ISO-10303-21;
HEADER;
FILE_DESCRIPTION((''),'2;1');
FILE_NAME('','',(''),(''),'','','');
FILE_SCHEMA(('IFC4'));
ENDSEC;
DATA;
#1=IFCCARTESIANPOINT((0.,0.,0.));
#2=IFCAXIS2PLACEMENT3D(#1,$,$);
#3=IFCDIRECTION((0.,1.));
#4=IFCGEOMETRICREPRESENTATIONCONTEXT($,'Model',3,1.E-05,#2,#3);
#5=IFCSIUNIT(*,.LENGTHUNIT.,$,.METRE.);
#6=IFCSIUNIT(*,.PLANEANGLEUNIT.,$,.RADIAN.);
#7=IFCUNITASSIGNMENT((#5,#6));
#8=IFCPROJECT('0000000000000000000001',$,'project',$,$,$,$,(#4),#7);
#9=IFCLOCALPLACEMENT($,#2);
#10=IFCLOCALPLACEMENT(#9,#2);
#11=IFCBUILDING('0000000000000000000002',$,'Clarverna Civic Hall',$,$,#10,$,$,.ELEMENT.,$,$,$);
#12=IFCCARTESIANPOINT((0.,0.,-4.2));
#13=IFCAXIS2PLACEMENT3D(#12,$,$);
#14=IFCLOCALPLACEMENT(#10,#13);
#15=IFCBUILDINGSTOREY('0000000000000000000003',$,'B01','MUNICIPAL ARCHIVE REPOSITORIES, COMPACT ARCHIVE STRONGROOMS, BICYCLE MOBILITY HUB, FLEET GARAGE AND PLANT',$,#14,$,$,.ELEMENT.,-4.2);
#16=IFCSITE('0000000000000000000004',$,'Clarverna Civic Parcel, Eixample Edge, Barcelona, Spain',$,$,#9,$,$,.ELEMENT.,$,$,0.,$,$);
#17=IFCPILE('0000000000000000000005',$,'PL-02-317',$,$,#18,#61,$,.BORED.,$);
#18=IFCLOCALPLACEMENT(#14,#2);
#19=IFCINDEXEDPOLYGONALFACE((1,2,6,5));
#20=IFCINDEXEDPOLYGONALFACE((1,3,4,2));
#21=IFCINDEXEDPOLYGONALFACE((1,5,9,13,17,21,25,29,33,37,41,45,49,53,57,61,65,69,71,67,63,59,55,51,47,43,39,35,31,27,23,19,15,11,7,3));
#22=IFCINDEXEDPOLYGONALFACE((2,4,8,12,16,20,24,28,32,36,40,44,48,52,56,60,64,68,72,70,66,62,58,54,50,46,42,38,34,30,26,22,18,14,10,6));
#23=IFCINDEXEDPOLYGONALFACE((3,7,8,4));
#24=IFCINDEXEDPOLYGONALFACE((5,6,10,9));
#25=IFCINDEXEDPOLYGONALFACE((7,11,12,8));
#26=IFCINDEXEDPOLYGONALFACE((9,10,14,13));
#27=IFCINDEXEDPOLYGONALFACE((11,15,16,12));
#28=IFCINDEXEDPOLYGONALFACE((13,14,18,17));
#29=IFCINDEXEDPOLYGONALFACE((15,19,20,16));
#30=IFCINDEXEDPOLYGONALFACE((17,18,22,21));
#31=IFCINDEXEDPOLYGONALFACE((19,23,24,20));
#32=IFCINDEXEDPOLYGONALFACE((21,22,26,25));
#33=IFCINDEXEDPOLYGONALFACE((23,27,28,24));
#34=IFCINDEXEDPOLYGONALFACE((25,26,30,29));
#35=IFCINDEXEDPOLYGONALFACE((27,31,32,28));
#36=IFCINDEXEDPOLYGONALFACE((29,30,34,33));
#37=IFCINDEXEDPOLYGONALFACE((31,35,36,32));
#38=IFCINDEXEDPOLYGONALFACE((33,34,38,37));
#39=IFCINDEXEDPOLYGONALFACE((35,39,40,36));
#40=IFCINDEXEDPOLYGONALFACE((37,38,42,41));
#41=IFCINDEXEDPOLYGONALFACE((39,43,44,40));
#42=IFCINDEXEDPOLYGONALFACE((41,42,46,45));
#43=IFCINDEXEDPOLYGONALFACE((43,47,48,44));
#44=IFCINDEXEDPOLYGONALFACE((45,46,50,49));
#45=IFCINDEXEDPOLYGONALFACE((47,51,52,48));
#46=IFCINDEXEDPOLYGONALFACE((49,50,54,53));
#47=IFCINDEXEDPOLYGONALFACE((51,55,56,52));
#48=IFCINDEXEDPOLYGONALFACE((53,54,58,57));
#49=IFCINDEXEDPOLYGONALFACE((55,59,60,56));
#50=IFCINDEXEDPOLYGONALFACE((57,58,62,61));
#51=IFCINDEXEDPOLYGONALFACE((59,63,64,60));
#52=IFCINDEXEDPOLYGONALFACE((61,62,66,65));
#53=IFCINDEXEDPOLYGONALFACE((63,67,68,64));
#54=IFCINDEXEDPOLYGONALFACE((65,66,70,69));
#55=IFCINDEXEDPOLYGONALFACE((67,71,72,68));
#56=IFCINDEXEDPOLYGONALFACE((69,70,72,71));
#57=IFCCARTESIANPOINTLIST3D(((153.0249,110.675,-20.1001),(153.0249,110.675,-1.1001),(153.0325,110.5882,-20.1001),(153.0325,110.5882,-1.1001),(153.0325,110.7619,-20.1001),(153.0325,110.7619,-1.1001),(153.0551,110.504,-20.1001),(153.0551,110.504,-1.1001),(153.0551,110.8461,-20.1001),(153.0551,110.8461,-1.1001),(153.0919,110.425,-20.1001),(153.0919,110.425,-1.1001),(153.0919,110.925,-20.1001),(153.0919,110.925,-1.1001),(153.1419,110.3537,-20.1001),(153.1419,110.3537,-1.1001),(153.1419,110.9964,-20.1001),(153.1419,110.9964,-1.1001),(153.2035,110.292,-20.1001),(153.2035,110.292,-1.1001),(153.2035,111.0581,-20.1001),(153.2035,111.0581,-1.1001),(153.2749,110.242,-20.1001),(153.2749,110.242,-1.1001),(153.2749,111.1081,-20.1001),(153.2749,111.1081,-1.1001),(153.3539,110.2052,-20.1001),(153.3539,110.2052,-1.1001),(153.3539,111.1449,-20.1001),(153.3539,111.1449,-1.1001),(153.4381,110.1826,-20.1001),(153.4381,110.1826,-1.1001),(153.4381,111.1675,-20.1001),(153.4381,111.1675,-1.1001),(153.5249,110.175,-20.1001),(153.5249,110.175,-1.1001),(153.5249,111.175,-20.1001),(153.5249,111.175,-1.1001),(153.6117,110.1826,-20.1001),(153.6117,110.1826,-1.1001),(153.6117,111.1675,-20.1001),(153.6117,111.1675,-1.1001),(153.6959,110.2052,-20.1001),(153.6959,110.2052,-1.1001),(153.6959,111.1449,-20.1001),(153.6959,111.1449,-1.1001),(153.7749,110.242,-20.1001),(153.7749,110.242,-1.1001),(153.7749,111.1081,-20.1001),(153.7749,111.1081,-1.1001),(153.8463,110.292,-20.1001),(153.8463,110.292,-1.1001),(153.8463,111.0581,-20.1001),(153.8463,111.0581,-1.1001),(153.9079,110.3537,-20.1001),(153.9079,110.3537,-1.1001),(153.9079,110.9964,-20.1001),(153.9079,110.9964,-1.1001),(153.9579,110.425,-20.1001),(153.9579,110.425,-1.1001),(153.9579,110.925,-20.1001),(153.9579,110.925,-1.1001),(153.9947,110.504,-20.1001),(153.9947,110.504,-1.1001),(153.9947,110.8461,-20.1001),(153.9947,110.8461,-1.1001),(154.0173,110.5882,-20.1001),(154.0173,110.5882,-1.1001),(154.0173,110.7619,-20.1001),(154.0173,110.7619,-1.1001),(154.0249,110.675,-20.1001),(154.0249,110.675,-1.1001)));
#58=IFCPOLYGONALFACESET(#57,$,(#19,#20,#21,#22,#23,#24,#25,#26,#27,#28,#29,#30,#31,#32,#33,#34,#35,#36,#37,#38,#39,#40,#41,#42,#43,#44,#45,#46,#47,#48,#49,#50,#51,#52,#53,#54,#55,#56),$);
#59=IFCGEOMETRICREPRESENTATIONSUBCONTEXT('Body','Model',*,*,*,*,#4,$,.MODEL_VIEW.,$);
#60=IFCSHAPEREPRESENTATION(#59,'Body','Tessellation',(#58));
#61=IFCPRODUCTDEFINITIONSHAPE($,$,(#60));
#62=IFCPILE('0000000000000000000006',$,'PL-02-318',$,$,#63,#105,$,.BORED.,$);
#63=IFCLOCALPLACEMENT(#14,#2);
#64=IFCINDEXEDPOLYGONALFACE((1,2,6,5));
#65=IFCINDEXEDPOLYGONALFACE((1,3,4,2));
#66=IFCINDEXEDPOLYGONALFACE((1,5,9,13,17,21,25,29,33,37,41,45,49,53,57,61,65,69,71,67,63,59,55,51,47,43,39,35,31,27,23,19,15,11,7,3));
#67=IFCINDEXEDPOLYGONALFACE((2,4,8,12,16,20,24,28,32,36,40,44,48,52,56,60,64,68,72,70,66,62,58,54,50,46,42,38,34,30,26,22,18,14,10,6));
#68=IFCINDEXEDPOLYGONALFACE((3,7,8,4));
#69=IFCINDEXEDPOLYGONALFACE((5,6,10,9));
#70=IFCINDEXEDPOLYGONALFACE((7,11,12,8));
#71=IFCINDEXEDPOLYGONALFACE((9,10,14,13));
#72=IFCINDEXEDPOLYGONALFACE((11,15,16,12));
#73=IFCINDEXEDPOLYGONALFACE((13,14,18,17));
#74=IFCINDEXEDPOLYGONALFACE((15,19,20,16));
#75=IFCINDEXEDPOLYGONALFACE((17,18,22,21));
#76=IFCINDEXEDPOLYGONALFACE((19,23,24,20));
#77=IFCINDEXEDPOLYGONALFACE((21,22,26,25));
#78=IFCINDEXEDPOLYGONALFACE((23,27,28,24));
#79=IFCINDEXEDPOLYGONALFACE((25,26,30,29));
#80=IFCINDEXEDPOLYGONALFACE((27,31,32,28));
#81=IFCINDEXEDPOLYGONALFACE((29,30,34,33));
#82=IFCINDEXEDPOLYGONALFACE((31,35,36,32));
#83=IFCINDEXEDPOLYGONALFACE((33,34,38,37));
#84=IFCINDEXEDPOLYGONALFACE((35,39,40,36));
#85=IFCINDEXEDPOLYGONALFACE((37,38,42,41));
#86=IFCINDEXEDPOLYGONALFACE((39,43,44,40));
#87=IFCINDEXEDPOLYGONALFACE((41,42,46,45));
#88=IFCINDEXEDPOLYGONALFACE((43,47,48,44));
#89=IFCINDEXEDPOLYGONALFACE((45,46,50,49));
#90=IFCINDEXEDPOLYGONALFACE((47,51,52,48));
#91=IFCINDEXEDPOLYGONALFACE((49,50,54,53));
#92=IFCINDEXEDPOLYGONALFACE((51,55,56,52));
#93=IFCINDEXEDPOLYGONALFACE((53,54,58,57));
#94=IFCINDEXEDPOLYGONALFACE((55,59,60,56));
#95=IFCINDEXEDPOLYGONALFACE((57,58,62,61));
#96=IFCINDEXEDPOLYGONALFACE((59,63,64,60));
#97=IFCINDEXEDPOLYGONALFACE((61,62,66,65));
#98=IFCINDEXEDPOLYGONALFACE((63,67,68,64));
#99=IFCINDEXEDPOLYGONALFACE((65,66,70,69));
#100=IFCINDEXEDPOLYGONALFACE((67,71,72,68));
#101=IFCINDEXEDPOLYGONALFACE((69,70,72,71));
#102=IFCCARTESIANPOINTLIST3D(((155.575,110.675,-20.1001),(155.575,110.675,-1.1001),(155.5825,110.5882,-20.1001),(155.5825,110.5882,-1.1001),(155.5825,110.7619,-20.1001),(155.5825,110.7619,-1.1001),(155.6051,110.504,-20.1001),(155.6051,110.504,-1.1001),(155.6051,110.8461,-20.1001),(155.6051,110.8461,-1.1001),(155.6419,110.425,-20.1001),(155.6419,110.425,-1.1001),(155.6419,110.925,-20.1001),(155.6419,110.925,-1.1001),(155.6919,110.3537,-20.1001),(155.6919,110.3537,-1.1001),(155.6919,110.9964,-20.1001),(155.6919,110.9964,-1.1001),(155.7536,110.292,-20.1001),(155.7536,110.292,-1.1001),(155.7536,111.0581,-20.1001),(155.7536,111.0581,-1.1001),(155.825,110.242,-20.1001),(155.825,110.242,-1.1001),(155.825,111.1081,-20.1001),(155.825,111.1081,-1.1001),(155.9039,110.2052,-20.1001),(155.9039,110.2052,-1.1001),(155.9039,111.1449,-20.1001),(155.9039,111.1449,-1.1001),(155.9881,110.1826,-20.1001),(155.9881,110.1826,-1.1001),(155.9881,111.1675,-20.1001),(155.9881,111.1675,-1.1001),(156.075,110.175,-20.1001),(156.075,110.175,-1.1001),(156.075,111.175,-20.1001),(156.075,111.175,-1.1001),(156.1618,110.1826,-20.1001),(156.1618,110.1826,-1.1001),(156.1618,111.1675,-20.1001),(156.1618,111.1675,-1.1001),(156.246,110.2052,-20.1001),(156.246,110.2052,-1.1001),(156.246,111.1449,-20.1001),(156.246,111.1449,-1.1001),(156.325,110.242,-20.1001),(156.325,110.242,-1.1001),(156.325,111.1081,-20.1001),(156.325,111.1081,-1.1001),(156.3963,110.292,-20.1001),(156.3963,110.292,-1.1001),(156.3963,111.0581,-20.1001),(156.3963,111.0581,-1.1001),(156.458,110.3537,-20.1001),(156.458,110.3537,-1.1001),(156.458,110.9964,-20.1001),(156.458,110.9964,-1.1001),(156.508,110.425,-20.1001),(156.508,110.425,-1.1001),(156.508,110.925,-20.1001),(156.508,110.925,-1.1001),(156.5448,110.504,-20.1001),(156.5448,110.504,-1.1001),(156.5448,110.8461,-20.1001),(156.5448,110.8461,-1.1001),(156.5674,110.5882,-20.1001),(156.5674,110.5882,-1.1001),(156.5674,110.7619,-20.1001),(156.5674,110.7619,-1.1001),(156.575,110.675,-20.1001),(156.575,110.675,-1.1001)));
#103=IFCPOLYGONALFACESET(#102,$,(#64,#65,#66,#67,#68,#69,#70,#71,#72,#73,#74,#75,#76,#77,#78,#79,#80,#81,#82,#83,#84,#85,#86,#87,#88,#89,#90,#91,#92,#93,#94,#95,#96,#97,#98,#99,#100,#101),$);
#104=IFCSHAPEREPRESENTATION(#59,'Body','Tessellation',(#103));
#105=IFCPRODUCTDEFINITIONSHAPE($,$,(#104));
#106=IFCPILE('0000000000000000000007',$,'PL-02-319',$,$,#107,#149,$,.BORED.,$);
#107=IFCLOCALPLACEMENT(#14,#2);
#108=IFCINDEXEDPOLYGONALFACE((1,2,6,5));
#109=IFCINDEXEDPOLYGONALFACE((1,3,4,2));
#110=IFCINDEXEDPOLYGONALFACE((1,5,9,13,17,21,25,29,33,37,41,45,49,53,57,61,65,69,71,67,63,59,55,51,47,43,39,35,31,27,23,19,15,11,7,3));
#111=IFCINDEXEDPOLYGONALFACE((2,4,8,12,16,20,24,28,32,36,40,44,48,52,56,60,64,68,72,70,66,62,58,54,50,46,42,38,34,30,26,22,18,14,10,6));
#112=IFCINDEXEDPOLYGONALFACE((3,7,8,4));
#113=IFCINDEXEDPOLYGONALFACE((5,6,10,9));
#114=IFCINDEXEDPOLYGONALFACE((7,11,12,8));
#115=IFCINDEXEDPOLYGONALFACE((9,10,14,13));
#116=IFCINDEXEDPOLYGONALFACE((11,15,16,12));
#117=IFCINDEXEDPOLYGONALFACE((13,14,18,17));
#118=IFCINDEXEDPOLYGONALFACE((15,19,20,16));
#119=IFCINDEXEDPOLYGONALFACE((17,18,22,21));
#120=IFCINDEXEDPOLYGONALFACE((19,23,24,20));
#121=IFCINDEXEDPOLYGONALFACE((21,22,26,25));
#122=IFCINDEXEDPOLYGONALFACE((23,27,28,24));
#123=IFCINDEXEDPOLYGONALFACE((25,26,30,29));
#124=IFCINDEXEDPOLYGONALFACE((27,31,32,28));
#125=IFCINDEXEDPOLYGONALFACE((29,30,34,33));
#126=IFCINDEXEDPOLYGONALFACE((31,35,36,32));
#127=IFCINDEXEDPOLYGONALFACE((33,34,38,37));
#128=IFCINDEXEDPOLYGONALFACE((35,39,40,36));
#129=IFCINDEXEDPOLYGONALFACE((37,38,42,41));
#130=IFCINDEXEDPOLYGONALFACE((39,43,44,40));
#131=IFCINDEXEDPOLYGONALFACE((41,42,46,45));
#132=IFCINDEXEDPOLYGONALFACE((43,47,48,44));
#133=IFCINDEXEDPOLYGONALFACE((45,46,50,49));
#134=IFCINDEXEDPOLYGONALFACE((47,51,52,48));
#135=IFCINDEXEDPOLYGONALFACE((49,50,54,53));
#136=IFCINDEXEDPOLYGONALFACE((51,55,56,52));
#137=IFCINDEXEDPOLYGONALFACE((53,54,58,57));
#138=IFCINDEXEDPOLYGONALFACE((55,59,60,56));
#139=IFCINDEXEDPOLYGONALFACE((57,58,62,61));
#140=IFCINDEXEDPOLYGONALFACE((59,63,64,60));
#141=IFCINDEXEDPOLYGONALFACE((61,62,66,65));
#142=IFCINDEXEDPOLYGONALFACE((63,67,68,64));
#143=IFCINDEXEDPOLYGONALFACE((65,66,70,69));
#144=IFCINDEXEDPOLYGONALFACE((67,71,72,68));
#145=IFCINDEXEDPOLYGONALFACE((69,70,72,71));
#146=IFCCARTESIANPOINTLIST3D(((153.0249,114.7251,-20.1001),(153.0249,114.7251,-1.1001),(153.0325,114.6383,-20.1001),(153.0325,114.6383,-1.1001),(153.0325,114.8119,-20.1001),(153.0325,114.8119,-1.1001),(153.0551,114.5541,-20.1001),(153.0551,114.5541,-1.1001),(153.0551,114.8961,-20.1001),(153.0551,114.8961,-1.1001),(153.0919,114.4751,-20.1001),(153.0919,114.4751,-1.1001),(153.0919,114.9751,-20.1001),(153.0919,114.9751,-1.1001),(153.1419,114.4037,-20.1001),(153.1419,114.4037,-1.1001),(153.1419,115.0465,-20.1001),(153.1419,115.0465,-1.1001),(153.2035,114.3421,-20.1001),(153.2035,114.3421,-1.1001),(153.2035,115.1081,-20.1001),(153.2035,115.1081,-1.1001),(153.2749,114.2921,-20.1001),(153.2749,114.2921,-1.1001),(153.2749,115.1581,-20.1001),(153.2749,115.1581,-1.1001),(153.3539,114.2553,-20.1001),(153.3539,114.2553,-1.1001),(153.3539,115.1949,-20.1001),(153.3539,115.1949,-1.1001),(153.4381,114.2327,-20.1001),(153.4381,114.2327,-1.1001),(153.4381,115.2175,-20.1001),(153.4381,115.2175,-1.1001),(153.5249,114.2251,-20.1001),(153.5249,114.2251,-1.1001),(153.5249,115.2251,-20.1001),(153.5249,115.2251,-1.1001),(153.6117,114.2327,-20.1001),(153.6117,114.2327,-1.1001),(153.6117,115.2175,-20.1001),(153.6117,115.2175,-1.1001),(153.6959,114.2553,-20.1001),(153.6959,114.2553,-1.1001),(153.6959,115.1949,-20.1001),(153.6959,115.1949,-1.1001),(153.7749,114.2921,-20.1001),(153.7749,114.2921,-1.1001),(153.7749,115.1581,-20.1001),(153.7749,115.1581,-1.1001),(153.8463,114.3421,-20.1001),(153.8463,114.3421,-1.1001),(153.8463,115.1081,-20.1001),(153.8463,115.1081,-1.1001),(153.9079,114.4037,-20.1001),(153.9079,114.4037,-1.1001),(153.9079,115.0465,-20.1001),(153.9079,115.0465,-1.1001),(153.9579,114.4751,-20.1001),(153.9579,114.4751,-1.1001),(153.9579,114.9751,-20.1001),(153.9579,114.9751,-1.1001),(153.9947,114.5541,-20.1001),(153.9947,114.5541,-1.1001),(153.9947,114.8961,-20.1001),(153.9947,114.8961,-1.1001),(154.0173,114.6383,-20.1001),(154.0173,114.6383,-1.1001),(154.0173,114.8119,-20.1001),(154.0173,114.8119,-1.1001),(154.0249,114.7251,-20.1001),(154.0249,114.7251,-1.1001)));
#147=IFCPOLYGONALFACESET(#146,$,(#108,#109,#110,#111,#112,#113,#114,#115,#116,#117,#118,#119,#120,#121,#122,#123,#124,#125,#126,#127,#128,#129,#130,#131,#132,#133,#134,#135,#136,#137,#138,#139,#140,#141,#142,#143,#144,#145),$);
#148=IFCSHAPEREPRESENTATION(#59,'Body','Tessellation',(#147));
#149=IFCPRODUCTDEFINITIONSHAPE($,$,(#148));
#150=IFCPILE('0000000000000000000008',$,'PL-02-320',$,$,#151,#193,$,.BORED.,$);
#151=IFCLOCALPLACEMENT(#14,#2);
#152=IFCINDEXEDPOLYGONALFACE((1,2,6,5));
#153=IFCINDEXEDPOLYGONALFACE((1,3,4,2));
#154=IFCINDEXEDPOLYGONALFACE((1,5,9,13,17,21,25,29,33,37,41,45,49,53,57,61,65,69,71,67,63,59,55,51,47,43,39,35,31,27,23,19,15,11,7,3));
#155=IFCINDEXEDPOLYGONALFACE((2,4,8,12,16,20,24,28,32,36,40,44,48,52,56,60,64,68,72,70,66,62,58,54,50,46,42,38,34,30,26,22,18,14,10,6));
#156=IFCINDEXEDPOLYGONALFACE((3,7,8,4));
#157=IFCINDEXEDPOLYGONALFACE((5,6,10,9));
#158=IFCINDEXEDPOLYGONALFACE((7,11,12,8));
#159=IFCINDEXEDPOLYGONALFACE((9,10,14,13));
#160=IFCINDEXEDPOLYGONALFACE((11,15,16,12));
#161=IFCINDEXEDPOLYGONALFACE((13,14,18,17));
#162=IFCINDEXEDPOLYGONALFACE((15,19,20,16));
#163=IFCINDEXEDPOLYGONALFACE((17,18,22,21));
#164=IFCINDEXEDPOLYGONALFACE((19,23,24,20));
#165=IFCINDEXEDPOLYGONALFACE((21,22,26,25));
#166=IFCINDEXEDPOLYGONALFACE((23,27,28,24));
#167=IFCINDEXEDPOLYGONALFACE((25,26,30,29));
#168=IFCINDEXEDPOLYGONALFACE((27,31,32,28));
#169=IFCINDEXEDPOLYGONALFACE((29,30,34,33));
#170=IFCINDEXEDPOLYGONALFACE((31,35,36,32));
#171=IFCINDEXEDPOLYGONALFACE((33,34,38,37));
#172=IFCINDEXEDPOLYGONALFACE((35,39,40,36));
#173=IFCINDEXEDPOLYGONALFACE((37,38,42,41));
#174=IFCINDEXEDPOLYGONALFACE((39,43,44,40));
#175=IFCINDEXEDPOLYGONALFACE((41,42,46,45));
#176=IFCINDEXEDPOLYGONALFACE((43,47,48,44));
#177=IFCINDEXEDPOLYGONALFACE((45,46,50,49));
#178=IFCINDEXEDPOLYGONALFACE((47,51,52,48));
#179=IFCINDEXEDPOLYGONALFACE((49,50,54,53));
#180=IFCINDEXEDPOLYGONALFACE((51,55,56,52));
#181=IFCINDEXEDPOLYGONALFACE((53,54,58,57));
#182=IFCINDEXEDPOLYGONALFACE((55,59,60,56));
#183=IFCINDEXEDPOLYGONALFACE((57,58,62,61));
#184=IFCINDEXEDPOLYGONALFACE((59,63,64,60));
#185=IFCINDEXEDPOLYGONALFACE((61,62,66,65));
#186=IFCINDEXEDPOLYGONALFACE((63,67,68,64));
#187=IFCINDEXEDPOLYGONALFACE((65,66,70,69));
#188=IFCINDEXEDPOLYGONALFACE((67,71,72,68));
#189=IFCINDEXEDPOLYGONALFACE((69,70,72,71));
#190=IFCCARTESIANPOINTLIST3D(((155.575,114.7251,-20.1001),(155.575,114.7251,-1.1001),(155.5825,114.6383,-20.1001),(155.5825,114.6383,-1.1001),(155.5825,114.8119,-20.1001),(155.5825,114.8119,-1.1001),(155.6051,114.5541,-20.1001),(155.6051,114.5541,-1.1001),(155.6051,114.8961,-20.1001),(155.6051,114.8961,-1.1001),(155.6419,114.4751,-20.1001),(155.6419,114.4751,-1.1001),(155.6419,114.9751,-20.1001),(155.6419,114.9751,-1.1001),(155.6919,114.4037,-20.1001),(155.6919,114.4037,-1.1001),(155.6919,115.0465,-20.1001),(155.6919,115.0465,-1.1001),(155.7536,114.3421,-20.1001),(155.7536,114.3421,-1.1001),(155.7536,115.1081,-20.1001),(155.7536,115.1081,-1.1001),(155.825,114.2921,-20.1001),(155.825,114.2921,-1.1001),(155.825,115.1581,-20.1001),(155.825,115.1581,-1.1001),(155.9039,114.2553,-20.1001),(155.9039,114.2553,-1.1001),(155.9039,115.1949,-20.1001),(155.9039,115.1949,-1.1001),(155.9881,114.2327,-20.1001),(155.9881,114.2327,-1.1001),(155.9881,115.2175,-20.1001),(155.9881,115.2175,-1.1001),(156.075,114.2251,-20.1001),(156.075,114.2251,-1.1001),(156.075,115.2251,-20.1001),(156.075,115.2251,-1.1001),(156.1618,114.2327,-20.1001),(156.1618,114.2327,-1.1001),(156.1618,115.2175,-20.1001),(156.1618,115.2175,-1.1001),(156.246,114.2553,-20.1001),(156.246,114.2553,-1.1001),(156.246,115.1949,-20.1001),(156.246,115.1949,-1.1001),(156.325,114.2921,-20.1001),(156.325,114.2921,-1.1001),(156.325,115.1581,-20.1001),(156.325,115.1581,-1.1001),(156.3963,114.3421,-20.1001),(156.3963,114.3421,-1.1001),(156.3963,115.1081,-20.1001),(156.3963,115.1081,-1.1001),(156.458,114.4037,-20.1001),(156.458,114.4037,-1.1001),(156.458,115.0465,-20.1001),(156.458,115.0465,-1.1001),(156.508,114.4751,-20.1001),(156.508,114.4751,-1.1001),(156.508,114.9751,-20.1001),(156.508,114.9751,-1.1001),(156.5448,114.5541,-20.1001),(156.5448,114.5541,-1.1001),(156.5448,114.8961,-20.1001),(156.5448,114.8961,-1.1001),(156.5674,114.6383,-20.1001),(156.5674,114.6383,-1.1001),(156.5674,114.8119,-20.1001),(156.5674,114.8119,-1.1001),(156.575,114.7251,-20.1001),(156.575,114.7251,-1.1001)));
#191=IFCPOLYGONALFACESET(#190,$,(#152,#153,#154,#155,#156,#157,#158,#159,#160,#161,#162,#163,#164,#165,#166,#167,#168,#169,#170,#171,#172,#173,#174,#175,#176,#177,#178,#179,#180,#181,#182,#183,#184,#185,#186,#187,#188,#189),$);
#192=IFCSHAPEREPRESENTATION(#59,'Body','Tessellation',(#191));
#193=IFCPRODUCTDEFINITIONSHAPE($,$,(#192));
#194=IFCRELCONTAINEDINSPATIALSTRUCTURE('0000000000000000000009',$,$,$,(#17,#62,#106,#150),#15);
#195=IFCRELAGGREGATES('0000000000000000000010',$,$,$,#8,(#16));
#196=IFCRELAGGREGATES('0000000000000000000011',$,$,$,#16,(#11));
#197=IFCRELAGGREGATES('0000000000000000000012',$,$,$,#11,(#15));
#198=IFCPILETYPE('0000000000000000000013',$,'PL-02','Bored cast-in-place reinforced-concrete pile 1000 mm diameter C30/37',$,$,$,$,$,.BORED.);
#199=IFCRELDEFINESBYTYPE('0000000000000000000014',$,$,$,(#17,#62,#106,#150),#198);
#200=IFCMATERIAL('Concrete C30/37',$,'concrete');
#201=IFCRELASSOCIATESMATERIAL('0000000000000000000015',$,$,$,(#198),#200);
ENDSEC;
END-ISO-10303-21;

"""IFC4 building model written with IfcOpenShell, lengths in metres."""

from ifc_helpers import new_model, si_unit, direction, frame, origin, origin_2d, place, context, subcontext, project, spatial, circle, extrude, material, material_profile, profile_set, type_object, element, save


model = new_model("IFC4")

# Units and contexts
model_context = context("Model", 3, precision=1e-05, world=origin(), true_north=direction((0.0, 1.0)))
body_context = subcontext(model_context, "Body", "Model", "MODEL_VIEW")
ifc_project = project(units=[si_unit("LENGTHUNIT", "METRE"), si_unit("PLANEANGLEUNIT", "RADIAN")], contexts=[model_context])

# Site, building, storey
site_placement = place(None, origin())
site = spatial("IfcSite", under=ifc_project, at=site_placement, Name="Clarverna Civic Parcel, Eixample Edge, Barcelona, Spain", CompositionType="ELEMENT", RefElevation=0.0)
building_placement = place(site_placement, origin())
building = spatial("IfcBuilding", under=site, at=building_placement, Name="Clarverna Civic Hall", CompositionType="ELEMENT")
storey_placement = place(building_placement, frame((0.0, 0.0, -4.2)))
storey = spatial("IfcBuildingStorey", under=building, at=storey_placement, Name="B01", Description="MUNICIPAL ARCHIVE REPOSITORIES, COMPACT ARCHIVE STRONGROOMS, BICYCLE MOBILITY HUB, FLEET GARAGE AND PLANT", CompositionType="ELEMENT", Elevation=-4.2)

# Shared definitions
ifc_material_1 = material(Name="Concrete C30/37", Category="concrete")

# Piles
ifc_material_profile_1 = material_profile(ifc_material_1, circle(Radius=0.5, at=origin_2d()), Name="BORED PILE D1000")
ifc_profile_set_1 = profile_set([ifc_material_profile_1], Name="Concrete C30/37")
pile_type_1 = type_object("IfcPileType", Name="PL-02", Description="Bored cast-in-place reinforced-concrete pile 1000 mm diameter C30/37", PredefinedType="BORED", material=ifc_profile_set_1)
for number, where, z_axis, x_axis, name in (
    (1, (153.5249, 110.675, -1.1001), (0.0, 0.0, -1.0), (1.0, 0.0, 0.0), "PL-02-317"),
    (2, (156.075, 110.675, -1.1001), (0.0, 0.0, -1.0), (1.0, 0.0, 0.0), "PL-02-318"),
    (3, (153.5249, 114.7251, -1.1001), (0.0, 0.0, -1.0), (1.0, 0.0, 0.0), "PL-02-319"),
    (4, (156.075, 114.7251, -1.1001), (0.0, 0.0, -1.0), (1.0, 0.0, 0.0), "PL-02-320"),
):
    element("IfcPile", number, at=place(storey_placement, frame(where, z_axis=z_axis, x_axis=x_axis)), inside=storey, type_object=pile_type_1, Name=name, PredefinedType="BORED", context=body_context, shape_type="SweptSolid", body=[
        extrude(circle(Radius=0.5, at=origin_2d()), origin(), (0.0, 0.0, 1.0), 19.0),
    ])

save(model, "model.ifc")
